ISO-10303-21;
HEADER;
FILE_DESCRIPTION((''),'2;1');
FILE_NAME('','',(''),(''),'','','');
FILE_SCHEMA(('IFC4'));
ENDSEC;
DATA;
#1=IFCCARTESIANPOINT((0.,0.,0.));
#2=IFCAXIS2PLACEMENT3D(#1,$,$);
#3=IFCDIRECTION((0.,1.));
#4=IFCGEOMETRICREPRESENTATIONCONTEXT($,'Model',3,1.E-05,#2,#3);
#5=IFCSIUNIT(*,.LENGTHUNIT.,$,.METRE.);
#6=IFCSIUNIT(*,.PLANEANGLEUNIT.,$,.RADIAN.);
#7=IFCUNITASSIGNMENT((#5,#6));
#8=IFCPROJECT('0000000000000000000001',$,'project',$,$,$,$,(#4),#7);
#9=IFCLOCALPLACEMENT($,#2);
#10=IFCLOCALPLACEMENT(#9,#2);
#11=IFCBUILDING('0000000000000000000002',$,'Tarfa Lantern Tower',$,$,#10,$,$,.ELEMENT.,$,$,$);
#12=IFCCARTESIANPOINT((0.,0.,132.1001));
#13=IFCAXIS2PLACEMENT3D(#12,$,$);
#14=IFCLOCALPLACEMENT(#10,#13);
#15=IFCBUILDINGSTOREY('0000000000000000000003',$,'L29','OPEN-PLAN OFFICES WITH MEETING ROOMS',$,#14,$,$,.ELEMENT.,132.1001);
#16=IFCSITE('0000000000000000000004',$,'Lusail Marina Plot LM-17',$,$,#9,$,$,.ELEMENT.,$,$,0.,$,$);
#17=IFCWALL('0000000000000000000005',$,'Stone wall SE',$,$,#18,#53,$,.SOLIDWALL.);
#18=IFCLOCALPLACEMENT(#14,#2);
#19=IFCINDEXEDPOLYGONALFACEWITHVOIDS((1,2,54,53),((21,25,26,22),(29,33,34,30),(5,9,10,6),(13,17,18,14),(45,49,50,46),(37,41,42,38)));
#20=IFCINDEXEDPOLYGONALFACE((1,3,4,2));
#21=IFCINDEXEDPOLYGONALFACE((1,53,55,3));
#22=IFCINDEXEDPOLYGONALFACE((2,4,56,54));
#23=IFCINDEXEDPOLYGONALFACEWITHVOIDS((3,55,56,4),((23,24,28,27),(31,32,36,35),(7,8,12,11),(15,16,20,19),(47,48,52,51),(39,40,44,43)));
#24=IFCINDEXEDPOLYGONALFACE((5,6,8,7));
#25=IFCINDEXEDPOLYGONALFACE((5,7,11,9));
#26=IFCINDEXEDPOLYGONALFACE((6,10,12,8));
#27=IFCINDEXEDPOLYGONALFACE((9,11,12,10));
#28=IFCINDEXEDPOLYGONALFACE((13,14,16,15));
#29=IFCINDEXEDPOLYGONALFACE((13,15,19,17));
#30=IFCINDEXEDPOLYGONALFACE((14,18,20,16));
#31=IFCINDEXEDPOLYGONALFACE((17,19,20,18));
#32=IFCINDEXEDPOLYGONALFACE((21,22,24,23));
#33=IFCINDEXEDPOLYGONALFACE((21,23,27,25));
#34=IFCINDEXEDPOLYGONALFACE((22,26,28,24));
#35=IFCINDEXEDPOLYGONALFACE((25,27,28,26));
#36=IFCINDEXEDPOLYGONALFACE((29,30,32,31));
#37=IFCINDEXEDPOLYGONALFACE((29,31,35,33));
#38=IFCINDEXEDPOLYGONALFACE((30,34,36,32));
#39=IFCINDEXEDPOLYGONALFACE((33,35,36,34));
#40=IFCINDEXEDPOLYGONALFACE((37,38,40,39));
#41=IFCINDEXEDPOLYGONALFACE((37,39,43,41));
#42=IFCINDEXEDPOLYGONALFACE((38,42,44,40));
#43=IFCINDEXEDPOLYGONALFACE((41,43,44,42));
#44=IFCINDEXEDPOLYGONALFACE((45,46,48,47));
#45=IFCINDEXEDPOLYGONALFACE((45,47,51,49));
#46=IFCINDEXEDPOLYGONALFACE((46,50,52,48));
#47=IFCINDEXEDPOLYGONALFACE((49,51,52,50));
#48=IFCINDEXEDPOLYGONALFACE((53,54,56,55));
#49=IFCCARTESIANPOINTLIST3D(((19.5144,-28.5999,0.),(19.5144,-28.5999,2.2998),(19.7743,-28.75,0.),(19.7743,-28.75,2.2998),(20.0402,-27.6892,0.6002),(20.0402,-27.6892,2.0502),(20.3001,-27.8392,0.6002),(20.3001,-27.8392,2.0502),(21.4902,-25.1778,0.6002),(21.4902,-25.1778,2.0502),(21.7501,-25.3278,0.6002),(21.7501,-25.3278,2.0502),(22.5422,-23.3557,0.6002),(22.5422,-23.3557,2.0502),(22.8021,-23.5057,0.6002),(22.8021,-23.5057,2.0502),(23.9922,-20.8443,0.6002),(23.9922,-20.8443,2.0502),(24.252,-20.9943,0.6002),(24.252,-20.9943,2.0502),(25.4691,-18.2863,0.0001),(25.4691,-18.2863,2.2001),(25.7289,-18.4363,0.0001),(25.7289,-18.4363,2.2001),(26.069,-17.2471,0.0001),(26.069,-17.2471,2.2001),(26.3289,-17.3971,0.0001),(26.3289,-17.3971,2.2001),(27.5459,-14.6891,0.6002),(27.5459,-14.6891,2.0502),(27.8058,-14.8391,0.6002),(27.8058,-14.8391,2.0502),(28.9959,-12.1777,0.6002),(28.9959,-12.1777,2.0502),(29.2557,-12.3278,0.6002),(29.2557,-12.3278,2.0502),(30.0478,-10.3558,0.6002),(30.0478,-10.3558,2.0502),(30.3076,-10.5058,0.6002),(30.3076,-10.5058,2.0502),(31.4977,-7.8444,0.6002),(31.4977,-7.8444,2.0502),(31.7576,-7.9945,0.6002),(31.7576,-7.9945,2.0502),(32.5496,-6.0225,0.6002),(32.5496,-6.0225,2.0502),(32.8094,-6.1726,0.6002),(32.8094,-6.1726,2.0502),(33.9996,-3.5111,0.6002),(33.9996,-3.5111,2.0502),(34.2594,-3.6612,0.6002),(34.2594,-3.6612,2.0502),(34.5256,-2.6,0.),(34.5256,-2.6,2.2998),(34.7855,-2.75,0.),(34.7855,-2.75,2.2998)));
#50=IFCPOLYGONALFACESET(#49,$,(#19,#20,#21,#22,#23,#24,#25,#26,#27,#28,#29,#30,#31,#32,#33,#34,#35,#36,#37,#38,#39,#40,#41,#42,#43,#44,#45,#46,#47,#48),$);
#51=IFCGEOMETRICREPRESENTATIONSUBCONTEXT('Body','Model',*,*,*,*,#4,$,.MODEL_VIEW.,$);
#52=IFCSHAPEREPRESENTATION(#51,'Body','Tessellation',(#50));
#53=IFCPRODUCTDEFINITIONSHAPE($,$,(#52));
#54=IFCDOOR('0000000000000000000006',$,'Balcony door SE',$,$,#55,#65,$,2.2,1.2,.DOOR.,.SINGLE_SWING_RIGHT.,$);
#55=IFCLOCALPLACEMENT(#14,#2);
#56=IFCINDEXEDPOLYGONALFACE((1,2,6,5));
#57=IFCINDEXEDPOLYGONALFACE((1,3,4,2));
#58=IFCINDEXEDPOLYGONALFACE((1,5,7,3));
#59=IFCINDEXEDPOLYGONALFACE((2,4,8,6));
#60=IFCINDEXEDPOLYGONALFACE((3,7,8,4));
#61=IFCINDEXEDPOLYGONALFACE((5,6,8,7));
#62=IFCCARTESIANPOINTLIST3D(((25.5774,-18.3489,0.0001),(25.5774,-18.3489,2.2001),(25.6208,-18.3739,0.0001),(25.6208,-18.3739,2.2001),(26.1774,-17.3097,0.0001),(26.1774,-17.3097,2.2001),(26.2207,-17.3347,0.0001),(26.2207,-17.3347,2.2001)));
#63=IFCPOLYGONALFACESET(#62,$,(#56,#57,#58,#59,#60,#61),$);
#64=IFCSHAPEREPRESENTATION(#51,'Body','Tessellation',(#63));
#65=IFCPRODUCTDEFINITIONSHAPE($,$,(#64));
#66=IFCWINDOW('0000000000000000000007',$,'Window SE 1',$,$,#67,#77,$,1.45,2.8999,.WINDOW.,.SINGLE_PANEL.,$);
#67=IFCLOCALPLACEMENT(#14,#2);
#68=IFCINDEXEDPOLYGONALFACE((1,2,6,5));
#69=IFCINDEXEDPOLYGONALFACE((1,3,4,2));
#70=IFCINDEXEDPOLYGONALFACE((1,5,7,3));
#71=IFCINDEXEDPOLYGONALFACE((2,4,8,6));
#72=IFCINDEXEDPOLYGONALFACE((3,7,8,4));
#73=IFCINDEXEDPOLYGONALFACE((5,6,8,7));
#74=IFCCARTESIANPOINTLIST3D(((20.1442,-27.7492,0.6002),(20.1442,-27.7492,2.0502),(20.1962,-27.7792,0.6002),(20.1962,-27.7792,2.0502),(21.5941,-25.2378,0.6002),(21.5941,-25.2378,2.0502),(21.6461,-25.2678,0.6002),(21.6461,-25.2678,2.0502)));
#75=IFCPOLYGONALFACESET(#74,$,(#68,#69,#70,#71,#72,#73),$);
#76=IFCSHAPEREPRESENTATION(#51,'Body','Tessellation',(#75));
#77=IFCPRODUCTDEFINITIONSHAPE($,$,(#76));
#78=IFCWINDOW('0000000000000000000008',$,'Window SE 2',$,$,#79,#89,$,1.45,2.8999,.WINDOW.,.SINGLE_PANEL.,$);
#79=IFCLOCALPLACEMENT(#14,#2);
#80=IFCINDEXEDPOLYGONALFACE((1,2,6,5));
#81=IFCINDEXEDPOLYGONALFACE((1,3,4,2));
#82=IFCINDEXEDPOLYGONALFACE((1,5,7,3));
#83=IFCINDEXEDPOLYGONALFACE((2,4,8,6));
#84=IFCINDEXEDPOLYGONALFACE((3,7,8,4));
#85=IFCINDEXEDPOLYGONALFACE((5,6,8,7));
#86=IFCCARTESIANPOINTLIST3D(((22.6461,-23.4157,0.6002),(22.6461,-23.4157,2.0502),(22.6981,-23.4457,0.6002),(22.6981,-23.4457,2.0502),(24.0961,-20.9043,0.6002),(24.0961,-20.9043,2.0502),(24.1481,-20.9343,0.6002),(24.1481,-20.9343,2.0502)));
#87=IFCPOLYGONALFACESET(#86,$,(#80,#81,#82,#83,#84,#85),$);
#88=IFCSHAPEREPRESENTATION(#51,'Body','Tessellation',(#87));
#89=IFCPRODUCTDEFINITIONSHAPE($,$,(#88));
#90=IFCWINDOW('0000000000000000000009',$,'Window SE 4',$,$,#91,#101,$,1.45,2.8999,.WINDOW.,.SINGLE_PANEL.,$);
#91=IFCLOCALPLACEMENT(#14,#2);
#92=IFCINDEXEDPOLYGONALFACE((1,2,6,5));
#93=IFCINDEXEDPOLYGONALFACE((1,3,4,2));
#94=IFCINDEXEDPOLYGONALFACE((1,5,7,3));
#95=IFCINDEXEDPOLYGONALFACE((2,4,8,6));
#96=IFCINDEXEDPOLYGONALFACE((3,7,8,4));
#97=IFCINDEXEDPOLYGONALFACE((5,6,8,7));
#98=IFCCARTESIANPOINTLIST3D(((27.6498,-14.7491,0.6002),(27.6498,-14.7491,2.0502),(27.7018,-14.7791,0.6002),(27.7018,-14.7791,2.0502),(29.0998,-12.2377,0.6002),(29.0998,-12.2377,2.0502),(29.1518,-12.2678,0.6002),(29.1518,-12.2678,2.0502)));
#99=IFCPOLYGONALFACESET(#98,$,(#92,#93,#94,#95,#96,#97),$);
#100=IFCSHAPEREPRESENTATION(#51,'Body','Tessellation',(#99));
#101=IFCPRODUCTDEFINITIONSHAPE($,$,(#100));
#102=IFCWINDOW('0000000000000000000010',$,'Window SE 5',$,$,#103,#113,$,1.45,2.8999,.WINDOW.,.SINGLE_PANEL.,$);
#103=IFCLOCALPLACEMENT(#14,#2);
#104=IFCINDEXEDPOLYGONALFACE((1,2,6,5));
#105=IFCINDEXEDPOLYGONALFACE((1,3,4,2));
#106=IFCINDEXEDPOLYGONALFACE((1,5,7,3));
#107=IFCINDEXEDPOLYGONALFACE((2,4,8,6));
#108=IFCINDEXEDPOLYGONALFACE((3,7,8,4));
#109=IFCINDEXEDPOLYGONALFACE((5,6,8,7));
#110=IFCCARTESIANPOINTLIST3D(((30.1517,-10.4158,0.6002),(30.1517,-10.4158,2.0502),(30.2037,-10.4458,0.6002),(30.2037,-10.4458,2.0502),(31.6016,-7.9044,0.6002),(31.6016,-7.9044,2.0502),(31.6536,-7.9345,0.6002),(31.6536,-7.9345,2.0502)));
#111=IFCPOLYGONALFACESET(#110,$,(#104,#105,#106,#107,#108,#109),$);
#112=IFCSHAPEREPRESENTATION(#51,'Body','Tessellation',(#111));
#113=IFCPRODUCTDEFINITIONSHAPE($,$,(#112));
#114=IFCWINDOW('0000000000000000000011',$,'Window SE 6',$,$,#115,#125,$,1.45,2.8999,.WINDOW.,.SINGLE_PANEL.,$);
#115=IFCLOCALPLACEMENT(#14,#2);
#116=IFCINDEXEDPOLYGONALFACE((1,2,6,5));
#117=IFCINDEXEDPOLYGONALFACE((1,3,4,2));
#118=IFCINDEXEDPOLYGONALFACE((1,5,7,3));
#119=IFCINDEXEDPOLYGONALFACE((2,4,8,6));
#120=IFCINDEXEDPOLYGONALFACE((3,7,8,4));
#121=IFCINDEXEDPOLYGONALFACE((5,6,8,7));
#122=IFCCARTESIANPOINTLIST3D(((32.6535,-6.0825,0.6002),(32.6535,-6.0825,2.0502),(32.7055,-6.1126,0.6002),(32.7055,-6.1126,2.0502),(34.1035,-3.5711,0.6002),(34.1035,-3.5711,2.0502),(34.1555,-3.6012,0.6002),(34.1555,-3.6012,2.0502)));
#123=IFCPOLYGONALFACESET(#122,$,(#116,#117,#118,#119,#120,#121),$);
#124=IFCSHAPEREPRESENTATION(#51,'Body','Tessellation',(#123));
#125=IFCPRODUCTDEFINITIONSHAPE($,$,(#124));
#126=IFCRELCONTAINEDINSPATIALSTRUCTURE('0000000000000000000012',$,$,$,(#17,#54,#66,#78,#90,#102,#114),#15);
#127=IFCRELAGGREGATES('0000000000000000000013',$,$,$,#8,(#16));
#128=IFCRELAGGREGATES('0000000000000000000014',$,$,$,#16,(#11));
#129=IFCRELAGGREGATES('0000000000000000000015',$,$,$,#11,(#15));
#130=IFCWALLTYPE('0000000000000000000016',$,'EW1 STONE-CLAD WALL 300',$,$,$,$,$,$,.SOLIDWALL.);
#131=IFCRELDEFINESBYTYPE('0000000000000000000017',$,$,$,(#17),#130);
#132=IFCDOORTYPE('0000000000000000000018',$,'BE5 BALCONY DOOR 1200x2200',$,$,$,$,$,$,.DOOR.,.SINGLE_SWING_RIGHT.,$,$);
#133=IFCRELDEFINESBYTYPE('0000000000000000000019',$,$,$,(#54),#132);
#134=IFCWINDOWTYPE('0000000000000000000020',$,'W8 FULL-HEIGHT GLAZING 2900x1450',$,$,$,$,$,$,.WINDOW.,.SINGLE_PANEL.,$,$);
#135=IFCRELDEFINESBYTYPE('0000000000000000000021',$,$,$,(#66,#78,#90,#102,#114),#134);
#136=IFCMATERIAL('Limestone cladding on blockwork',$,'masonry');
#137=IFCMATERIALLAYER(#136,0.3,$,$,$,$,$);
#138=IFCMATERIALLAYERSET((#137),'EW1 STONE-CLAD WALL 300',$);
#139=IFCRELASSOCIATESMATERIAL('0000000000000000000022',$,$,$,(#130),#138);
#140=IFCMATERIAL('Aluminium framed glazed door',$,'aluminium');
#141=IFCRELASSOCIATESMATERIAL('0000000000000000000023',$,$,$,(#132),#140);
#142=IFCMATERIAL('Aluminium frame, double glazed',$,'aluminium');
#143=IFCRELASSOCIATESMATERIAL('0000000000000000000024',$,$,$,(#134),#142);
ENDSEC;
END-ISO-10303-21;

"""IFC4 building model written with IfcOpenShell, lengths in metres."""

from ifc_helpers import new_model, si_unit, direction, frame, frame_2d, origin, place, context, subcontext, project, spatial, rectangle, extrude, material, layer, layer_set, type_object, element, fill, save


model = new_model("IFC4")

# Units and contexts
model_context = context("Model", 3, precision=1e-05, world=origin(), true_north=direction((0.0, 1.0)))
body_context = subcontext(model_context, "Body", "Model", "MODEL_VIEW")
ifc_project = project(units=[si_unit("LENGTHUNIT", "METRE"), si_unit("PLANEANGLEUNIT", "RADIAN")], contexts=[model_context])

# Site, building, storey
site_placement = place(None, origin())
site = spatial("IfcSite", under=ifc_project, at=site_placement, Name="Lusail Marina Plot LM-17", CompositionType="ELEMENT", RefElevation=0.0)
building_placement = place(site_placement, origin())
building = spatial("IfcBuilding", under=site, at=building_placement, Name="Tarfa Lantern Tower", CompositionType="ELEMENT")
storey_placement = place(building_placement, frame((0.0, 0.0, 132.1001)))
storey = spatial("IfcBuildingStorey", under=building, at=storey_placement, Name="L29", Description="OPEN-PLAN OFFICES WITH MEETING ROOMS", CompositionType="ELEMENT", Elevation=132.1001)

# Wall, openings, door, windows
ifc_material_1 = material(Name="Limestone cladding on blockwork", Category="masonry")
ifc_layer = layer(ifc_material_1, 0.3)
ifc_layer_set = layer_set([ifc_layer], Name="EW1 STONE-CLAD WALL 300")
wall_type = type_object("IfcWallType", Name="EW1 STONE-CLAD WALL 300", PredefinedType="SOLIDWALL", material=ifc_layer_set)
wall_placement = place(storey_placement, frame((19.6443, -28.675, 0.0), z_axis=(0.0, 0.0, 1.0), x_axis=(0.500003, 0.866024, 0.0)))
wall = element("IfcWall", 1, at=wall_placement, inside=storey, type_object=wall_type, Name="Stone wall SE", PredefinedType="SOLIDWALL", context=body_context, shape_type="SweptSolid", body=[
    extrude(rectangle(XDim=30.0222, YDim=0.3, at=frame_2d((15.0112, 0.0))), origin(), (0.0, 0.0, 1.0), 2.2998),
])
opening_1_placement = place(wall_placement, frame((1.0518, 0.0, 0.6001)))
opening_1 = element("IfcOpeningElement", 2, at=opening_1_placement, cuts=wall, PredefinedType="OPENING", context=body_context, shape_type="SweptSolid", body=[
    extrude(rectangle(XDim=2.8999, YDim=1.45, at=frame_2d((1.45, 0.7251))), frame((0.0, 0.1599, 0.0), z_axis=(0.0, -1.0, 0.0), x_axis=(1.0, 0.0, 0.0)), (0.0, 0.0, 1.0), 0.3201),
])
opening_2_placement = place(wall_placement, frame((6.0557, 0.0, 0.6001)))
opening_2 = element("IfcOpeningElement", 3, at=opening_2_placement, cuts=wall, PredefinedType="OPENING", context=body_context, shape_type="SweptSolid", body=[
    extrude(rectangle(XDim=2.8999, YDim=1.45, at=frame_2d((1.45, 0.7251))), frame((0.0, 0.1599, 0.0), z_axis=(0.0, -1.0, 0.0), x_axis=(1.0, 0.0, 0.0)), (0.0, 0.0, 1.0), 0.3201),
])
opening_3_placement = place(wall_placement, frame((11.9092, 0.0, 0.0)))
opening_3 = element("IfcOpeningElement", 4, at=opening_3_placement, cuts=wall, PredefinedType="OPENING", context=body_context, shape_type="SweptSolid", body=[
    extrude(rectangle(XDim=1.2, YDim=2.2, at=frame_2d((0.6001, 1.1001))), frame((0.0, 0.1599, 0.0), z_axis=(0.0, -1.0, 0.0), x_axis=(1.0, 0.0, 0.0)), (0.0, 0.0, 1.0), 0.3201),
])
opening_4_placement = place(wall_placement, frame((16.063, 0.0, 0.6001)))
opening_4 = element("IfcOpeningElement", 5, at=opening_4_placement, cuts=wall, PredefinedType="OPENING", context=body_context, shape_type="SweptSolid", body=[
    extrude(rectangle(XDim=2.8999, YDim=1.45, at=frame_2d((1.45, 0.7251))), frame((0.0, 0.1599, 0.0), z_axis=(0.0, -1.0, 0.0), x_axis=(1.0, 0.0, 0.0)), (0.0, 0.0, 1.0), 0.3201),
])
opening_5_placement = place(wall_placement, frame((21.0667, 0.0, 0.6001)))
opening_5 = element("IfcOpeningElement", 6, at=opening_5_placement, cuts=wall, PredefinedType="OPENING", context=body_context, shape_type="SweptSolid", body=[
    extrude(rectangle(XDim=2.8999, YDim=1.45, at=frame_2d((1.45, 0.7251))), frame((0.0, 0.1599, 0.0), z_axis=(0.0, -1.0, 0.0), x_axis=(1.0, 0.0, 0.0)), (0.0, 0.0, 1.0), 0.3201),
])
opening_6_placement = place(wall_placement, frame((26.0703, 0.0, 0.6001)))
opening_6 = element("IfcOpeningElement", 7, at=opening_6_placement, cuts=wall, PredefinedType="OPENING", context=body_context, shape_type="SweptSolid", body=[
    extrude(rectangle(XDim=2.8999, YDim=1.45, at=frame_2d((1.45, 0.7251))), frame((0.0, 0.1599, 0.0), z_axis=(0.0, -1.0, 0.0), x_axis=(1.0, 0.0, 0.0)), (0.0, 0.0, 1.0), 0.3201),
])
ifc_material_2 = material(Name="Aluminium framed glazed door", Category="aluminium")
door_type = type_object("IfcDoorType", Name="BE5 BALCONY DOOR 1200x2200", OperationType="SINGLE_SWING_RIGHT", PredefinedType="DOOR", material=ifc_material_2)
door_placement = place(opening_3_placement, origin())
door = element("IfcDoor", 8, at=door_placement, inside=storey, type_object=door_type, Name="Balcony door SE", OperationType="SINGLE_SWING_RIGHT", OverallHeight=2.2, OverallWidth=1.2, PredefinedType="DOOR", context=body_context, shape_type="SweptSolid", body=[
    extrude(rectangle(XDim=1.2, YDim=2.2, at=frame_2d((0.6001, 1.1001))), frame((0.0, 0.0249, 0.0), z_axis=(0.0, -1.0, 0.0), x_axis=(1.0, 0.0, 0.0)), (0.0, 0.0, 1.0), 0.05),
])
fill(opening_3, door)
ifc_material_3 = material(Name="Aluminium frame, double glazed", Category="aluminium")
window_type = type_object("IfcWindowType", Name="W8 FULL-HEIGHT GLAZING 2900x1450", PartitioningType="SINGLE_PANEL", PredefinedType="WINDOW", material=ifc_material_3)
window_1_placement = place(opening_1_placement, origin())
window_1 = element("IfcWindow", 9, at=window_1_placement, inside=storey, type_object=window_type, Name="Window SE 1", OverallHeight=1.45, OverallWidth=2.8999, PartitioningType="SINGLE_PANEL", PredefinedType="WINDOW", context=body_context, shape_type="SweptSolid", body=[
    extrude(rectangle(XDim=2.8999, YDim=1.45, at=frame_2d((1.45, 0.7251))), frame((0.0, 0.03, 0.0), z_axis=(0.0, -1.0, 0.0), x_axis=(1.0, 0.0, 0.0)), (0.0, 0.0, 1.0), 0.0601),
])
fill(opening_1, window_1)
window_2_placement = place(opening_2_placement, origin())
window_2 = element("IfcWindow", 10, at=window_2_placement, inside=storey, type_object=window_type, Name="Window SE 2", OverallHeight=1.45, OverallWidth=2.8999, PartitioningType="SINGLE_PANEL", PredefinedType="WINDOW", context=body_context, shape_type="SweptSolid", body=[
    extrude(rectangle(XDim=2.8999, YDim=1.45, at=frame_2d((1.45, 0.7251))), frame((0.0, 0.03, 0.0), z_axis=(0.0, -1.0, 0.0), x_axis=(1.0, 0.0, 0.0)), (0.0, 0.0, 1.0), 0.0601),
])
fill(opening_2, window_2)
window_3_placement = place(opening_4_placement, origin())
window_3 = element("IfcWindow", 11, at=window_3_placement, inside=storey, type_object=window_type, Name="Window SE 4", OverallHeight=1.45, OverallWidth=2.8999, PartitioningType="SINGLE_PANEL", PredefinedType="WINDOW", context=body_context, shape_type="SweptSolid", body=[
    extrude(rectangle(XDim=2.8999, YDim=1.45, at=frame_2d((1.45, 0.7251))), frame((0.0, 0.03, 0.0), z_axis=(0.0, -1.0, 0.0), x_axis=(1.0, 0.0, 0.0)), (0.0, 0.0, 1.0), 0.0601),
])
fill(opening_4, window_3)
window_4_placement = place(opening_5_placement, origin())
window_4 = element("IfcWindow", 12, at=window_4_placement, inside=storey, type_object=window_type, Name="Window SE 5", OverallHeight=1.45, OverallWidth=2.8999, PartitioningType="SINGLE_PANEL", PredefinedType="WINDOW", context=body_context, shape_type="SweptSolid", body=[
    extrude(rectangle(XDim=2.8999, YDim=1.45, at=frame_2d((1.45, 0.7251))), frame((0.0, 0.03, 0.0), z_axis=(0.0, -1.0, 0.0), x_axis=(1.0, 0.0, 0.0)), (0.0, 0.0, 1.0), 0.0601),
])
fill(opening_5, window_4)
window_5_placement = place(opening_6_placement, origin())
window_5 = element("IfcWindow", 13, at=window_5_placement, inside=storey, type_object=window_type, Name="Window SE 6", OverallHeight=1.45, OverallWidth=2.8999, PartitioningType="SINGLE_PANEL", PredefinedType="WINDOW", context=body_context, shape_type="SweptSolid", body=[
    extrude(rectangle(XDim=2.8999, YDim=1.45, at=frame_2d((1.45, 0.7251))), frame((0.0, 0.03, 0.0), z_axis=(0.0, -1.0, 0.0), x_axis=(1.0, 0.0, 0.0)), (0.0, 0.0, 1.0), 0.0601),
])
fill(opening_6, window_5)

save(model, "model.ifc")
